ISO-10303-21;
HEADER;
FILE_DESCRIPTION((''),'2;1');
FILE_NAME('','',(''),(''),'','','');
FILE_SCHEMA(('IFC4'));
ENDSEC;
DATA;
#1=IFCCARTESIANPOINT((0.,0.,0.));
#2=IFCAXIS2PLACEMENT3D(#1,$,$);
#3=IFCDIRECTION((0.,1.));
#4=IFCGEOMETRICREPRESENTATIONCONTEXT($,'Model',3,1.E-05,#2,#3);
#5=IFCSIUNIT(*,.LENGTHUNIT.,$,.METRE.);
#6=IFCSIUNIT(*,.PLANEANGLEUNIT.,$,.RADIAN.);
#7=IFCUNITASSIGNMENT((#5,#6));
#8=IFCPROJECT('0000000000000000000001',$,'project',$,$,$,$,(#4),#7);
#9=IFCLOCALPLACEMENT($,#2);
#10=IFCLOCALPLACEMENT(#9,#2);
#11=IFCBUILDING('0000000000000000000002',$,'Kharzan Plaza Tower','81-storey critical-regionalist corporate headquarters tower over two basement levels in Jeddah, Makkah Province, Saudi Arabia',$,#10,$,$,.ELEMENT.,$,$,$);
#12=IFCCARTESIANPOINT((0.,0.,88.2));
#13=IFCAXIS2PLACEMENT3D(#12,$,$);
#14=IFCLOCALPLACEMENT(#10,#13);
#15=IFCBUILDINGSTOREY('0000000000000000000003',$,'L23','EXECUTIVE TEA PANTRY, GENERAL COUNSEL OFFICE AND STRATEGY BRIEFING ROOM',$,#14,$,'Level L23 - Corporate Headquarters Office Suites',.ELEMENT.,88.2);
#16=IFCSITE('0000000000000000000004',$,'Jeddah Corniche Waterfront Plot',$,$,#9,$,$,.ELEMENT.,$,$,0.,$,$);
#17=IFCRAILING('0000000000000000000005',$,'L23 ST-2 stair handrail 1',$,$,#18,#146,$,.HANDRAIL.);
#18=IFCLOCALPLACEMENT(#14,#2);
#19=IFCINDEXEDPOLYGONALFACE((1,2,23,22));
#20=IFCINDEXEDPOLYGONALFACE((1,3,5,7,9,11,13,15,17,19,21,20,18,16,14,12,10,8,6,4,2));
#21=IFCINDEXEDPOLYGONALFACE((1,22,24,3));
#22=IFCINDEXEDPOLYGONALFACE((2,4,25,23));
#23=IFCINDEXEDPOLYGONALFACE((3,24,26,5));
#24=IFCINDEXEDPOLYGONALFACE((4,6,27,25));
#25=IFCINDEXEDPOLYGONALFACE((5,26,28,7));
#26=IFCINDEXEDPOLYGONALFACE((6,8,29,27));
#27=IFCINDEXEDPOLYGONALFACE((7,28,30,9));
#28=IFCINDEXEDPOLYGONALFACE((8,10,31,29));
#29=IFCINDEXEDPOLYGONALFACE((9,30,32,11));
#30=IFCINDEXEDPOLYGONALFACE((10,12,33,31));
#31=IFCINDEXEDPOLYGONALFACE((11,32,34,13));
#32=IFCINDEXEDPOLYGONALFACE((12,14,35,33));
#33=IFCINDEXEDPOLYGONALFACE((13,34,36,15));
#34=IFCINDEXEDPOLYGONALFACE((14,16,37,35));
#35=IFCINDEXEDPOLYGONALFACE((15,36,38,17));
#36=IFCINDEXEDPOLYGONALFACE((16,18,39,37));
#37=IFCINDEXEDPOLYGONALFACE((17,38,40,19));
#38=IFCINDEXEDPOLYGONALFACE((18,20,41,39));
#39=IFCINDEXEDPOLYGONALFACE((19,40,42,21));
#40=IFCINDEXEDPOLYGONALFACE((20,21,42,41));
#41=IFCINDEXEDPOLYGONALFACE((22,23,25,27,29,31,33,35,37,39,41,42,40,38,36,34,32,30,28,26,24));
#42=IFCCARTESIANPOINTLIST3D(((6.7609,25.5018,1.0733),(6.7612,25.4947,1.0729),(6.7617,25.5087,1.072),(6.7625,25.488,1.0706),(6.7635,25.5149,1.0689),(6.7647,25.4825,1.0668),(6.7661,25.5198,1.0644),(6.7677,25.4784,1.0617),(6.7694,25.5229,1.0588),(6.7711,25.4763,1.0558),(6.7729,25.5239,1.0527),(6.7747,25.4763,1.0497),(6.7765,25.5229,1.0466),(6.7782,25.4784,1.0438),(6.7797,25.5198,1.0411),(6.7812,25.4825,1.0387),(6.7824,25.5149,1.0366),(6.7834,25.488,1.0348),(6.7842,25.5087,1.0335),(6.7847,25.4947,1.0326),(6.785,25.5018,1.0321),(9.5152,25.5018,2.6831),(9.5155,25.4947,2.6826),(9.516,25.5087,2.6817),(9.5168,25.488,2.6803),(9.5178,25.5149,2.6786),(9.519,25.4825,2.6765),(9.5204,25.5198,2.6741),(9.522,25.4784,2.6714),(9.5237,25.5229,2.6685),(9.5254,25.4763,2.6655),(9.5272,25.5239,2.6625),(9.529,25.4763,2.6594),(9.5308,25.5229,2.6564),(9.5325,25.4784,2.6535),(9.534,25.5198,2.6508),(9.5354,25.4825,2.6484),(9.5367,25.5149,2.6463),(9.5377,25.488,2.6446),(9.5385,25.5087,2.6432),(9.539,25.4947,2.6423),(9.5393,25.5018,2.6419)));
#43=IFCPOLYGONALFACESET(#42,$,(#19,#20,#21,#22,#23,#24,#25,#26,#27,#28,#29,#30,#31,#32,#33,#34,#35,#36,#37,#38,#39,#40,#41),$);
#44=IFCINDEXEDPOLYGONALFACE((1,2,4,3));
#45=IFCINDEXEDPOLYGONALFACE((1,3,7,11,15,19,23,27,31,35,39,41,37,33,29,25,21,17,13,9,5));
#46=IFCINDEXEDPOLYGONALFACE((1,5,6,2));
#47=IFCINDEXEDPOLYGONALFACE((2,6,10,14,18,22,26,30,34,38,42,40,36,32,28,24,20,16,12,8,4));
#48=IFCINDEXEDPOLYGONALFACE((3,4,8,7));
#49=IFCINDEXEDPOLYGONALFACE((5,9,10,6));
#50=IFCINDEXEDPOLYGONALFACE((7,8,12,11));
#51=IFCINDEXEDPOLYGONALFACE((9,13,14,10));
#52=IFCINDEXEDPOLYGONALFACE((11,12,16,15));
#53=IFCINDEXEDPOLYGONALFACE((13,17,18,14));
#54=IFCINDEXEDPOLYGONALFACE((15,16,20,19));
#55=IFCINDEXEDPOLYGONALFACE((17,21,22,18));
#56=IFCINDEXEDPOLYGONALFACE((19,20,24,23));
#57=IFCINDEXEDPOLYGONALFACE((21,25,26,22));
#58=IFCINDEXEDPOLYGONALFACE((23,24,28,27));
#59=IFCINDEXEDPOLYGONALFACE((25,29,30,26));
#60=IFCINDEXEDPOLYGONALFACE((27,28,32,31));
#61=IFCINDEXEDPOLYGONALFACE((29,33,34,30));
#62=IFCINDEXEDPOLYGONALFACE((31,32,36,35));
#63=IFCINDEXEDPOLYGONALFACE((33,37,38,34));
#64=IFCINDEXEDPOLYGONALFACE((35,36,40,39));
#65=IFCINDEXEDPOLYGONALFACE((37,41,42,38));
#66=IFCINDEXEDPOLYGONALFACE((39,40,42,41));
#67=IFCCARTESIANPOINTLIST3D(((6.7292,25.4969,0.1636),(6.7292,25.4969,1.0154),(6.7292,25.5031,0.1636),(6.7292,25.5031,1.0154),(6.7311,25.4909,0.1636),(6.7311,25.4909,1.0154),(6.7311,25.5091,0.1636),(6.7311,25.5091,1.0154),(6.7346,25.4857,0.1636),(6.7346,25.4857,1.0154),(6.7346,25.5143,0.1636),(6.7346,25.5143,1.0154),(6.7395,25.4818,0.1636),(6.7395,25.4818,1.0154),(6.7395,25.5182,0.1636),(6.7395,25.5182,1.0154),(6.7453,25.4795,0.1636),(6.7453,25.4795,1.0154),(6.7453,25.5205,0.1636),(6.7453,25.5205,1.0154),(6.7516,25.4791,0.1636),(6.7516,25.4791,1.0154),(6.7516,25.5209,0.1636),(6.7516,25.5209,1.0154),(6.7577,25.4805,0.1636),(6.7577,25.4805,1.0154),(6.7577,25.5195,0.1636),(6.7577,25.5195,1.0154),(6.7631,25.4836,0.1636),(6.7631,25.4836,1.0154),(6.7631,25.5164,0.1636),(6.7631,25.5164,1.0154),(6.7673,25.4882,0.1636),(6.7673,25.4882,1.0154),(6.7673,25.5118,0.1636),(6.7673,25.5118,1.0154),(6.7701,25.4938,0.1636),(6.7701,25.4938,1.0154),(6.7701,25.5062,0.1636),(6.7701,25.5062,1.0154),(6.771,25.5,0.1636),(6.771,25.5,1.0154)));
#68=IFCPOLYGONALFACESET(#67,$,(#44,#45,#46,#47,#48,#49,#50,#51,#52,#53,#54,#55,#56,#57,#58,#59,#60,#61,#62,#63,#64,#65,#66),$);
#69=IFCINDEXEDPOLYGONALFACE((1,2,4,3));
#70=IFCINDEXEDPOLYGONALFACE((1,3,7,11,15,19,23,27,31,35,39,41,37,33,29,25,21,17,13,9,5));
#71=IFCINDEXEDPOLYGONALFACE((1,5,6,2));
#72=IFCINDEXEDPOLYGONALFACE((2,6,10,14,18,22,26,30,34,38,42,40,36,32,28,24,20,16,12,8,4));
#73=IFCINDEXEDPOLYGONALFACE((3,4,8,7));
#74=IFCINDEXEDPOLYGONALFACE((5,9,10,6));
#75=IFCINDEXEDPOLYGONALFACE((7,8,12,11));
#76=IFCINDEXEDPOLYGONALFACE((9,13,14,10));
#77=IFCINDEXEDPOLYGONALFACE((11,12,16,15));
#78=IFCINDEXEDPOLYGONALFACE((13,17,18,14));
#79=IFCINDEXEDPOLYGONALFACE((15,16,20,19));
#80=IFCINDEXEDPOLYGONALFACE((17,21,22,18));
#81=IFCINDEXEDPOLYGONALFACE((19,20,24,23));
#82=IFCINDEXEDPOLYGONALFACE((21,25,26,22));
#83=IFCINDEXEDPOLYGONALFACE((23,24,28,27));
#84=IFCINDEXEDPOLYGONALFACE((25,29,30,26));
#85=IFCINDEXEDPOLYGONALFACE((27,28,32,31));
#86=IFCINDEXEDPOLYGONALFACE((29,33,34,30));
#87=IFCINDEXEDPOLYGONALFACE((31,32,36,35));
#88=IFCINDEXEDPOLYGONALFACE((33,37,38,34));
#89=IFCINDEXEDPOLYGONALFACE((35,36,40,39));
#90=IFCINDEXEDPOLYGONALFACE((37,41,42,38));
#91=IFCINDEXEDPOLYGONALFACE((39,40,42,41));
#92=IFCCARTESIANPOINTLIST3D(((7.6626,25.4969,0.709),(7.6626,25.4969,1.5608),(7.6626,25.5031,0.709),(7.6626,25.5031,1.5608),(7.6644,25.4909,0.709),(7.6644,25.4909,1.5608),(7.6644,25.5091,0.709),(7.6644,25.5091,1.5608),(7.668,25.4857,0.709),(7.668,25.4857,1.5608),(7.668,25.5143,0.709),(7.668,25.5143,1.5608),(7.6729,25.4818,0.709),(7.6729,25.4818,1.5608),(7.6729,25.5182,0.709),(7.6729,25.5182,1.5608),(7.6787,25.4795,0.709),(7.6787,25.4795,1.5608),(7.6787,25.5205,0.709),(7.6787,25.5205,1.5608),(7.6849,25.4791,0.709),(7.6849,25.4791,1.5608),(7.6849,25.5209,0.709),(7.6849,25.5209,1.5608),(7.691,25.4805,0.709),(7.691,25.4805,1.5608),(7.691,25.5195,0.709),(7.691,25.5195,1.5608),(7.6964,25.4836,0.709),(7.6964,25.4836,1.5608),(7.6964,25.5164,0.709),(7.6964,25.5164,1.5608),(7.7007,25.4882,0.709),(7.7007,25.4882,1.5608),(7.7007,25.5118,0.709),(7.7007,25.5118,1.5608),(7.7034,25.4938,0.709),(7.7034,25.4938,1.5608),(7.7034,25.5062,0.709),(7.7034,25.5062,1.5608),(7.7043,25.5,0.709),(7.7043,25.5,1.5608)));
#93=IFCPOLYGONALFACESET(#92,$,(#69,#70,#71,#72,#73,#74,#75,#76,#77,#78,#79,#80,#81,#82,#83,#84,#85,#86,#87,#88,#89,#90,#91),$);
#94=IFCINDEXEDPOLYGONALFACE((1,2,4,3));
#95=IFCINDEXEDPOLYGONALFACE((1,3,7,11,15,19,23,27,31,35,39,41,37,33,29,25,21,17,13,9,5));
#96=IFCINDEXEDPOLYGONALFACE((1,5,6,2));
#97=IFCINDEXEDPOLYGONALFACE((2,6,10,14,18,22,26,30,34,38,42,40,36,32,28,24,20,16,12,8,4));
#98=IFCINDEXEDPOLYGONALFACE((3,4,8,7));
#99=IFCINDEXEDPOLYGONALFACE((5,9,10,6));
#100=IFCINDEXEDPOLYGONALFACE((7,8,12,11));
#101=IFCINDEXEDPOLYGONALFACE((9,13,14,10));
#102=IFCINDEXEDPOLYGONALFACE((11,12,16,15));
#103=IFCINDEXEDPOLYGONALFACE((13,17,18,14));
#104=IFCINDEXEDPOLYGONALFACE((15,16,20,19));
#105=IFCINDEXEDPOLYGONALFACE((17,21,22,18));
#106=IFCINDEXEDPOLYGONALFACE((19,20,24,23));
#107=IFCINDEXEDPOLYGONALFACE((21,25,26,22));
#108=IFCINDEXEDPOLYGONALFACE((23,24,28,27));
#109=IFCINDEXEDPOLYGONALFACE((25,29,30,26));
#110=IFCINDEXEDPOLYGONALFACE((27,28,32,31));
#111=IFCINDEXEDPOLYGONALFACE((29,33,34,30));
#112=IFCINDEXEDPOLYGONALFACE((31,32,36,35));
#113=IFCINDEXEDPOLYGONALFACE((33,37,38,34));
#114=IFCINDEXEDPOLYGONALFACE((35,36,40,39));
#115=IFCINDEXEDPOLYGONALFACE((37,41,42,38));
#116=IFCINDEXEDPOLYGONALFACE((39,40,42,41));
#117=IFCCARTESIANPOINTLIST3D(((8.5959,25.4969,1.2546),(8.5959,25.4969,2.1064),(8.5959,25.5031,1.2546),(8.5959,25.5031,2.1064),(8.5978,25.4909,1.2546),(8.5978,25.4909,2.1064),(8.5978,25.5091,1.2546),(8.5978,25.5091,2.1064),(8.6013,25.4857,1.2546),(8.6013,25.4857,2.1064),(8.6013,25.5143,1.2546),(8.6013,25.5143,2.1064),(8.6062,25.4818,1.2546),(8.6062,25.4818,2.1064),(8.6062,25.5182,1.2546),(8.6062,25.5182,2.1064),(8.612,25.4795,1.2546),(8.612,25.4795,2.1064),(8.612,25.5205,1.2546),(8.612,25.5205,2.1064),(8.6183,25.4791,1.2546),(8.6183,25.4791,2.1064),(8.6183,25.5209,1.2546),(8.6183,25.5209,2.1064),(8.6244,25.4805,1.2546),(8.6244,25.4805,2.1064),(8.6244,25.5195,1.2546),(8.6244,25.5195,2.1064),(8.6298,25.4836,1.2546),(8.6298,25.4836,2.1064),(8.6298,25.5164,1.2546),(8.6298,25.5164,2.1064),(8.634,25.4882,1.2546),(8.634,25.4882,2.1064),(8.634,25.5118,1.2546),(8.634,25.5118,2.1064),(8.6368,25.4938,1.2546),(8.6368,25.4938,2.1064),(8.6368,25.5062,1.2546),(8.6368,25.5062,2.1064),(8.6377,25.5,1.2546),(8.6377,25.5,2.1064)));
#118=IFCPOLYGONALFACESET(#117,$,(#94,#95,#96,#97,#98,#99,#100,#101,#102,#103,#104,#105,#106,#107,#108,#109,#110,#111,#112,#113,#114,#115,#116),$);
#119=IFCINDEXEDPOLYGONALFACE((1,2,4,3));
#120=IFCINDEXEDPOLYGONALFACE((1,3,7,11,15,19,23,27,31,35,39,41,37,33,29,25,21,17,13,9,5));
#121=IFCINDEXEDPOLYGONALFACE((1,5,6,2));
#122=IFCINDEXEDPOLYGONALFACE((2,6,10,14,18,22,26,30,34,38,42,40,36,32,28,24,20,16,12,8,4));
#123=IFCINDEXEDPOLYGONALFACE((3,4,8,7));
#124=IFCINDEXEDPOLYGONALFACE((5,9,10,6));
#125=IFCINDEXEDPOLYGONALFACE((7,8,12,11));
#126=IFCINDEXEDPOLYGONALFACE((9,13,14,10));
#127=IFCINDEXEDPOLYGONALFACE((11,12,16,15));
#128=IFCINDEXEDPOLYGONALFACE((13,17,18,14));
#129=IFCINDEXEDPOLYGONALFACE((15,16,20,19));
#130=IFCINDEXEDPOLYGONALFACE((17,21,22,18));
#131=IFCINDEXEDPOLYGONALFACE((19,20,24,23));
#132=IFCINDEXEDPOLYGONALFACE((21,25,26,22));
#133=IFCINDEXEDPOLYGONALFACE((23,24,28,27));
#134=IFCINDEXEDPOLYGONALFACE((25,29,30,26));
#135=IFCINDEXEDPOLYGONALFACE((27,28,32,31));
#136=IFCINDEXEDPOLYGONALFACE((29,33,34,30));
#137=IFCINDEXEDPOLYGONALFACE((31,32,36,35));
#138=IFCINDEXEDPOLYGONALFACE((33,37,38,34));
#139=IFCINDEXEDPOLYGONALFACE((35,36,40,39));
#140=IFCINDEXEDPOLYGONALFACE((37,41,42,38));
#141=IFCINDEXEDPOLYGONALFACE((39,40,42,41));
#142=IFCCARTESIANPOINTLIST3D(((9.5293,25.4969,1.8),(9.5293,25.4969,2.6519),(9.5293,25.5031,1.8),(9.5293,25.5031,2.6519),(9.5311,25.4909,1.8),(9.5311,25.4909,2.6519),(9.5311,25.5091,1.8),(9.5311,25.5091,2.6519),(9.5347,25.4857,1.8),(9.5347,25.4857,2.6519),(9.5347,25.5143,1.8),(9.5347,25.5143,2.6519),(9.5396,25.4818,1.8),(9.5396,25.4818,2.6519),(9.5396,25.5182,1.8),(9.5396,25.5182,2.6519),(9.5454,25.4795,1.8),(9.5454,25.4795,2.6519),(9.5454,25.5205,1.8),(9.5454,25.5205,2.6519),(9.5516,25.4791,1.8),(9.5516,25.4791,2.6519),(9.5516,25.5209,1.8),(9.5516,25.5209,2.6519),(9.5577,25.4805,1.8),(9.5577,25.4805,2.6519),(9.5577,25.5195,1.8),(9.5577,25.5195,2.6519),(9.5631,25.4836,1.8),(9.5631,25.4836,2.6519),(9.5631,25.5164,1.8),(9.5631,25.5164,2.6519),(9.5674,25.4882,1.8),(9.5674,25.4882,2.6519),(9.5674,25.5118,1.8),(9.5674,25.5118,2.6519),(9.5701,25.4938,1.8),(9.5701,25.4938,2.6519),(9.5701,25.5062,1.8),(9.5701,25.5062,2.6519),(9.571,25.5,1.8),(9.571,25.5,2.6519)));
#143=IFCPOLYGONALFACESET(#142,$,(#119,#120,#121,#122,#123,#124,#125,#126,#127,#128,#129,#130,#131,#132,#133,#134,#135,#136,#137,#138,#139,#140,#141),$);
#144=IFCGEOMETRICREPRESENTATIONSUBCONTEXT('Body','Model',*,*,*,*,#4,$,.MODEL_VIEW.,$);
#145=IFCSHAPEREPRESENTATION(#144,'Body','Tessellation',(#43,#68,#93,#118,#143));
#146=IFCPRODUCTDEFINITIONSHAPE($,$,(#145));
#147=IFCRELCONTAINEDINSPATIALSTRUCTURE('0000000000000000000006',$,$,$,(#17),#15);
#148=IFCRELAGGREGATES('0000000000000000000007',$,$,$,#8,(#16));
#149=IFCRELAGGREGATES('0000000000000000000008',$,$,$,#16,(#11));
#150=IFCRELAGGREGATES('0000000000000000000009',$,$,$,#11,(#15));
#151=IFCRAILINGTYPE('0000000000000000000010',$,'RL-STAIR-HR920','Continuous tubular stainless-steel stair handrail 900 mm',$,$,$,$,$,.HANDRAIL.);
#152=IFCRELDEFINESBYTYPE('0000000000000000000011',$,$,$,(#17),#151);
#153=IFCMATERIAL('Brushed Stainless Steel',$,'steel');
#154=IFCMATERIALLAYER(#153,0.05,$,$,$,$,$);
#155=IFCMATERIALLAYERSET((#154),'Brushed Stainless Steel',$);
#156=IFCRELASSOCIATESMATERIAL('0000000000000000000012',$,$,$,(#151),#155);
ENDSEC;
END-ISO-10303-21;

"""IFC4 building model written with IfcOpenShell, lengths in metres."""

from ifc_helpers import new_model, si_unit, direction, frame, origin, origin_2d, place, context, subcontext, project, spatial, circle, extrude, source, transform, mapped, material, layer, layer_set, type_object, element, save


model = new_model("IFC4")

# Units and contexts
model_context = context("Model", 3, precision=1e-05, world=origin(), true_north=direction((0.0, 1.0)))
body_context = subcontext(model_context, "Body", "Model", "MODEL_VIEW")
ifc_project = project(units=[si_unit("LENGTHUNIT", "METRE"), si_unit("PLANEANGLEUNIT", "RADIAN")], contexts=[model_context])

# Site, building, storey
site_placement = place(None, origin())
site = spatial("IfcSite", under=ifc_project, at=site_placement, Name="Jeddah Corniche Waterfront Plot", CompositionType="ELEMENT", RefElevation=0.0)
building_placement = place(site_placement, origin())
building = spatial("IfcBuilding", under=site, at=building_placement, Name="Kharzan Plaza Tower", Description="81-storey critical-regionalist corporate headquarters tower over two basement levels in Jeddah, Makkah Province, Saudi Arabia", CompositionType="ELEMENT")
storey_placement = place(building_placement, frame((0.0, 0.0, 88.2)))
storey = spatial("IfcBuildingStorey", under=building, at=storey_placement, Name="L23", Description="EXECUTIVE TEA PANTRY, GENERAL COUNSEL OFFICE AND STRATEGY BRIEFING ROOM", LongName="Level L23 - Corporate Headquarters Office Suites", CompositionType="ELEMENT", Elevation=88.2)

# Railing
ifc_material_1 = material(Name="Brushed Stainless Steel", Category="steel")
ifc_layer_1 = layer(ifc_material_1, 0.05)
ifc_layer_set_1 = layer_set([ifc_layer_1], Name="Brushed Stainless Steel")
railing_type_1 = type_object("IfcRailingType", Name="RL-STAIR-HR920", Description="Continuous tubular stainless-steel stair handrail 900 mm", PredefinedType="HANDRAIL", material=ifc_layer_set_1)
shared_shape_1 = source(origin(), body_context, "Body", "SweptSolid", [
    extrude(circle(Radius=0.0239, at=origin_2d()), frame((0.0229, 0.0, 0.8892), z_axis=(0.863361, 0.0, 0.504587), x_axis=(0.0, 1.0, 0.0)), (0.0, 0.0, 1.0), 3.1902),
    extrude(circle(Radius=0.021, at=origin_2d()), origin(), (0.0, 0.0, 1.0), 0.8518),
    extrude(circle(Radius=0.021, at=origin_2d()), frame((0.9333, 0.0, 0.5454)), (0.0, 0.0, 1.0), 0.8518),
    extrude(circle(Radius=0.021, at=origin_2d()), frame((1.8667, 0.0, 1.0911)), (0.0, 0.0, 1.0), 0.8518),
    extrude(circle(Radius=0.021, at=origin_2d()), frame((2.8, 0.0, 1.6365)), (0.0, 0.0, 1.0), 0.8518),
])
railing_1_placement = place(storey_placement, frame((6.75, 25.5, 0.1636)))
element("IfcRailing", 1, at=railing_1_placement, inside=storey, type_object=railing_type_1, Name="L23 ST-2 stair handrail 1", PredefinedType="HANDRAIL", context=body_context, shape_type="MappedRepresentation", body=[
    mapped(shared_shape_1, transform((0.0, 0.0, 0.0), x_axis=(1.0, 0.0, 0.0), y_axis=(0.0, 1.0, 0.0), z_axis=(0.0, 0.0, 1.0))),
])

save(model, "model.ifc")
